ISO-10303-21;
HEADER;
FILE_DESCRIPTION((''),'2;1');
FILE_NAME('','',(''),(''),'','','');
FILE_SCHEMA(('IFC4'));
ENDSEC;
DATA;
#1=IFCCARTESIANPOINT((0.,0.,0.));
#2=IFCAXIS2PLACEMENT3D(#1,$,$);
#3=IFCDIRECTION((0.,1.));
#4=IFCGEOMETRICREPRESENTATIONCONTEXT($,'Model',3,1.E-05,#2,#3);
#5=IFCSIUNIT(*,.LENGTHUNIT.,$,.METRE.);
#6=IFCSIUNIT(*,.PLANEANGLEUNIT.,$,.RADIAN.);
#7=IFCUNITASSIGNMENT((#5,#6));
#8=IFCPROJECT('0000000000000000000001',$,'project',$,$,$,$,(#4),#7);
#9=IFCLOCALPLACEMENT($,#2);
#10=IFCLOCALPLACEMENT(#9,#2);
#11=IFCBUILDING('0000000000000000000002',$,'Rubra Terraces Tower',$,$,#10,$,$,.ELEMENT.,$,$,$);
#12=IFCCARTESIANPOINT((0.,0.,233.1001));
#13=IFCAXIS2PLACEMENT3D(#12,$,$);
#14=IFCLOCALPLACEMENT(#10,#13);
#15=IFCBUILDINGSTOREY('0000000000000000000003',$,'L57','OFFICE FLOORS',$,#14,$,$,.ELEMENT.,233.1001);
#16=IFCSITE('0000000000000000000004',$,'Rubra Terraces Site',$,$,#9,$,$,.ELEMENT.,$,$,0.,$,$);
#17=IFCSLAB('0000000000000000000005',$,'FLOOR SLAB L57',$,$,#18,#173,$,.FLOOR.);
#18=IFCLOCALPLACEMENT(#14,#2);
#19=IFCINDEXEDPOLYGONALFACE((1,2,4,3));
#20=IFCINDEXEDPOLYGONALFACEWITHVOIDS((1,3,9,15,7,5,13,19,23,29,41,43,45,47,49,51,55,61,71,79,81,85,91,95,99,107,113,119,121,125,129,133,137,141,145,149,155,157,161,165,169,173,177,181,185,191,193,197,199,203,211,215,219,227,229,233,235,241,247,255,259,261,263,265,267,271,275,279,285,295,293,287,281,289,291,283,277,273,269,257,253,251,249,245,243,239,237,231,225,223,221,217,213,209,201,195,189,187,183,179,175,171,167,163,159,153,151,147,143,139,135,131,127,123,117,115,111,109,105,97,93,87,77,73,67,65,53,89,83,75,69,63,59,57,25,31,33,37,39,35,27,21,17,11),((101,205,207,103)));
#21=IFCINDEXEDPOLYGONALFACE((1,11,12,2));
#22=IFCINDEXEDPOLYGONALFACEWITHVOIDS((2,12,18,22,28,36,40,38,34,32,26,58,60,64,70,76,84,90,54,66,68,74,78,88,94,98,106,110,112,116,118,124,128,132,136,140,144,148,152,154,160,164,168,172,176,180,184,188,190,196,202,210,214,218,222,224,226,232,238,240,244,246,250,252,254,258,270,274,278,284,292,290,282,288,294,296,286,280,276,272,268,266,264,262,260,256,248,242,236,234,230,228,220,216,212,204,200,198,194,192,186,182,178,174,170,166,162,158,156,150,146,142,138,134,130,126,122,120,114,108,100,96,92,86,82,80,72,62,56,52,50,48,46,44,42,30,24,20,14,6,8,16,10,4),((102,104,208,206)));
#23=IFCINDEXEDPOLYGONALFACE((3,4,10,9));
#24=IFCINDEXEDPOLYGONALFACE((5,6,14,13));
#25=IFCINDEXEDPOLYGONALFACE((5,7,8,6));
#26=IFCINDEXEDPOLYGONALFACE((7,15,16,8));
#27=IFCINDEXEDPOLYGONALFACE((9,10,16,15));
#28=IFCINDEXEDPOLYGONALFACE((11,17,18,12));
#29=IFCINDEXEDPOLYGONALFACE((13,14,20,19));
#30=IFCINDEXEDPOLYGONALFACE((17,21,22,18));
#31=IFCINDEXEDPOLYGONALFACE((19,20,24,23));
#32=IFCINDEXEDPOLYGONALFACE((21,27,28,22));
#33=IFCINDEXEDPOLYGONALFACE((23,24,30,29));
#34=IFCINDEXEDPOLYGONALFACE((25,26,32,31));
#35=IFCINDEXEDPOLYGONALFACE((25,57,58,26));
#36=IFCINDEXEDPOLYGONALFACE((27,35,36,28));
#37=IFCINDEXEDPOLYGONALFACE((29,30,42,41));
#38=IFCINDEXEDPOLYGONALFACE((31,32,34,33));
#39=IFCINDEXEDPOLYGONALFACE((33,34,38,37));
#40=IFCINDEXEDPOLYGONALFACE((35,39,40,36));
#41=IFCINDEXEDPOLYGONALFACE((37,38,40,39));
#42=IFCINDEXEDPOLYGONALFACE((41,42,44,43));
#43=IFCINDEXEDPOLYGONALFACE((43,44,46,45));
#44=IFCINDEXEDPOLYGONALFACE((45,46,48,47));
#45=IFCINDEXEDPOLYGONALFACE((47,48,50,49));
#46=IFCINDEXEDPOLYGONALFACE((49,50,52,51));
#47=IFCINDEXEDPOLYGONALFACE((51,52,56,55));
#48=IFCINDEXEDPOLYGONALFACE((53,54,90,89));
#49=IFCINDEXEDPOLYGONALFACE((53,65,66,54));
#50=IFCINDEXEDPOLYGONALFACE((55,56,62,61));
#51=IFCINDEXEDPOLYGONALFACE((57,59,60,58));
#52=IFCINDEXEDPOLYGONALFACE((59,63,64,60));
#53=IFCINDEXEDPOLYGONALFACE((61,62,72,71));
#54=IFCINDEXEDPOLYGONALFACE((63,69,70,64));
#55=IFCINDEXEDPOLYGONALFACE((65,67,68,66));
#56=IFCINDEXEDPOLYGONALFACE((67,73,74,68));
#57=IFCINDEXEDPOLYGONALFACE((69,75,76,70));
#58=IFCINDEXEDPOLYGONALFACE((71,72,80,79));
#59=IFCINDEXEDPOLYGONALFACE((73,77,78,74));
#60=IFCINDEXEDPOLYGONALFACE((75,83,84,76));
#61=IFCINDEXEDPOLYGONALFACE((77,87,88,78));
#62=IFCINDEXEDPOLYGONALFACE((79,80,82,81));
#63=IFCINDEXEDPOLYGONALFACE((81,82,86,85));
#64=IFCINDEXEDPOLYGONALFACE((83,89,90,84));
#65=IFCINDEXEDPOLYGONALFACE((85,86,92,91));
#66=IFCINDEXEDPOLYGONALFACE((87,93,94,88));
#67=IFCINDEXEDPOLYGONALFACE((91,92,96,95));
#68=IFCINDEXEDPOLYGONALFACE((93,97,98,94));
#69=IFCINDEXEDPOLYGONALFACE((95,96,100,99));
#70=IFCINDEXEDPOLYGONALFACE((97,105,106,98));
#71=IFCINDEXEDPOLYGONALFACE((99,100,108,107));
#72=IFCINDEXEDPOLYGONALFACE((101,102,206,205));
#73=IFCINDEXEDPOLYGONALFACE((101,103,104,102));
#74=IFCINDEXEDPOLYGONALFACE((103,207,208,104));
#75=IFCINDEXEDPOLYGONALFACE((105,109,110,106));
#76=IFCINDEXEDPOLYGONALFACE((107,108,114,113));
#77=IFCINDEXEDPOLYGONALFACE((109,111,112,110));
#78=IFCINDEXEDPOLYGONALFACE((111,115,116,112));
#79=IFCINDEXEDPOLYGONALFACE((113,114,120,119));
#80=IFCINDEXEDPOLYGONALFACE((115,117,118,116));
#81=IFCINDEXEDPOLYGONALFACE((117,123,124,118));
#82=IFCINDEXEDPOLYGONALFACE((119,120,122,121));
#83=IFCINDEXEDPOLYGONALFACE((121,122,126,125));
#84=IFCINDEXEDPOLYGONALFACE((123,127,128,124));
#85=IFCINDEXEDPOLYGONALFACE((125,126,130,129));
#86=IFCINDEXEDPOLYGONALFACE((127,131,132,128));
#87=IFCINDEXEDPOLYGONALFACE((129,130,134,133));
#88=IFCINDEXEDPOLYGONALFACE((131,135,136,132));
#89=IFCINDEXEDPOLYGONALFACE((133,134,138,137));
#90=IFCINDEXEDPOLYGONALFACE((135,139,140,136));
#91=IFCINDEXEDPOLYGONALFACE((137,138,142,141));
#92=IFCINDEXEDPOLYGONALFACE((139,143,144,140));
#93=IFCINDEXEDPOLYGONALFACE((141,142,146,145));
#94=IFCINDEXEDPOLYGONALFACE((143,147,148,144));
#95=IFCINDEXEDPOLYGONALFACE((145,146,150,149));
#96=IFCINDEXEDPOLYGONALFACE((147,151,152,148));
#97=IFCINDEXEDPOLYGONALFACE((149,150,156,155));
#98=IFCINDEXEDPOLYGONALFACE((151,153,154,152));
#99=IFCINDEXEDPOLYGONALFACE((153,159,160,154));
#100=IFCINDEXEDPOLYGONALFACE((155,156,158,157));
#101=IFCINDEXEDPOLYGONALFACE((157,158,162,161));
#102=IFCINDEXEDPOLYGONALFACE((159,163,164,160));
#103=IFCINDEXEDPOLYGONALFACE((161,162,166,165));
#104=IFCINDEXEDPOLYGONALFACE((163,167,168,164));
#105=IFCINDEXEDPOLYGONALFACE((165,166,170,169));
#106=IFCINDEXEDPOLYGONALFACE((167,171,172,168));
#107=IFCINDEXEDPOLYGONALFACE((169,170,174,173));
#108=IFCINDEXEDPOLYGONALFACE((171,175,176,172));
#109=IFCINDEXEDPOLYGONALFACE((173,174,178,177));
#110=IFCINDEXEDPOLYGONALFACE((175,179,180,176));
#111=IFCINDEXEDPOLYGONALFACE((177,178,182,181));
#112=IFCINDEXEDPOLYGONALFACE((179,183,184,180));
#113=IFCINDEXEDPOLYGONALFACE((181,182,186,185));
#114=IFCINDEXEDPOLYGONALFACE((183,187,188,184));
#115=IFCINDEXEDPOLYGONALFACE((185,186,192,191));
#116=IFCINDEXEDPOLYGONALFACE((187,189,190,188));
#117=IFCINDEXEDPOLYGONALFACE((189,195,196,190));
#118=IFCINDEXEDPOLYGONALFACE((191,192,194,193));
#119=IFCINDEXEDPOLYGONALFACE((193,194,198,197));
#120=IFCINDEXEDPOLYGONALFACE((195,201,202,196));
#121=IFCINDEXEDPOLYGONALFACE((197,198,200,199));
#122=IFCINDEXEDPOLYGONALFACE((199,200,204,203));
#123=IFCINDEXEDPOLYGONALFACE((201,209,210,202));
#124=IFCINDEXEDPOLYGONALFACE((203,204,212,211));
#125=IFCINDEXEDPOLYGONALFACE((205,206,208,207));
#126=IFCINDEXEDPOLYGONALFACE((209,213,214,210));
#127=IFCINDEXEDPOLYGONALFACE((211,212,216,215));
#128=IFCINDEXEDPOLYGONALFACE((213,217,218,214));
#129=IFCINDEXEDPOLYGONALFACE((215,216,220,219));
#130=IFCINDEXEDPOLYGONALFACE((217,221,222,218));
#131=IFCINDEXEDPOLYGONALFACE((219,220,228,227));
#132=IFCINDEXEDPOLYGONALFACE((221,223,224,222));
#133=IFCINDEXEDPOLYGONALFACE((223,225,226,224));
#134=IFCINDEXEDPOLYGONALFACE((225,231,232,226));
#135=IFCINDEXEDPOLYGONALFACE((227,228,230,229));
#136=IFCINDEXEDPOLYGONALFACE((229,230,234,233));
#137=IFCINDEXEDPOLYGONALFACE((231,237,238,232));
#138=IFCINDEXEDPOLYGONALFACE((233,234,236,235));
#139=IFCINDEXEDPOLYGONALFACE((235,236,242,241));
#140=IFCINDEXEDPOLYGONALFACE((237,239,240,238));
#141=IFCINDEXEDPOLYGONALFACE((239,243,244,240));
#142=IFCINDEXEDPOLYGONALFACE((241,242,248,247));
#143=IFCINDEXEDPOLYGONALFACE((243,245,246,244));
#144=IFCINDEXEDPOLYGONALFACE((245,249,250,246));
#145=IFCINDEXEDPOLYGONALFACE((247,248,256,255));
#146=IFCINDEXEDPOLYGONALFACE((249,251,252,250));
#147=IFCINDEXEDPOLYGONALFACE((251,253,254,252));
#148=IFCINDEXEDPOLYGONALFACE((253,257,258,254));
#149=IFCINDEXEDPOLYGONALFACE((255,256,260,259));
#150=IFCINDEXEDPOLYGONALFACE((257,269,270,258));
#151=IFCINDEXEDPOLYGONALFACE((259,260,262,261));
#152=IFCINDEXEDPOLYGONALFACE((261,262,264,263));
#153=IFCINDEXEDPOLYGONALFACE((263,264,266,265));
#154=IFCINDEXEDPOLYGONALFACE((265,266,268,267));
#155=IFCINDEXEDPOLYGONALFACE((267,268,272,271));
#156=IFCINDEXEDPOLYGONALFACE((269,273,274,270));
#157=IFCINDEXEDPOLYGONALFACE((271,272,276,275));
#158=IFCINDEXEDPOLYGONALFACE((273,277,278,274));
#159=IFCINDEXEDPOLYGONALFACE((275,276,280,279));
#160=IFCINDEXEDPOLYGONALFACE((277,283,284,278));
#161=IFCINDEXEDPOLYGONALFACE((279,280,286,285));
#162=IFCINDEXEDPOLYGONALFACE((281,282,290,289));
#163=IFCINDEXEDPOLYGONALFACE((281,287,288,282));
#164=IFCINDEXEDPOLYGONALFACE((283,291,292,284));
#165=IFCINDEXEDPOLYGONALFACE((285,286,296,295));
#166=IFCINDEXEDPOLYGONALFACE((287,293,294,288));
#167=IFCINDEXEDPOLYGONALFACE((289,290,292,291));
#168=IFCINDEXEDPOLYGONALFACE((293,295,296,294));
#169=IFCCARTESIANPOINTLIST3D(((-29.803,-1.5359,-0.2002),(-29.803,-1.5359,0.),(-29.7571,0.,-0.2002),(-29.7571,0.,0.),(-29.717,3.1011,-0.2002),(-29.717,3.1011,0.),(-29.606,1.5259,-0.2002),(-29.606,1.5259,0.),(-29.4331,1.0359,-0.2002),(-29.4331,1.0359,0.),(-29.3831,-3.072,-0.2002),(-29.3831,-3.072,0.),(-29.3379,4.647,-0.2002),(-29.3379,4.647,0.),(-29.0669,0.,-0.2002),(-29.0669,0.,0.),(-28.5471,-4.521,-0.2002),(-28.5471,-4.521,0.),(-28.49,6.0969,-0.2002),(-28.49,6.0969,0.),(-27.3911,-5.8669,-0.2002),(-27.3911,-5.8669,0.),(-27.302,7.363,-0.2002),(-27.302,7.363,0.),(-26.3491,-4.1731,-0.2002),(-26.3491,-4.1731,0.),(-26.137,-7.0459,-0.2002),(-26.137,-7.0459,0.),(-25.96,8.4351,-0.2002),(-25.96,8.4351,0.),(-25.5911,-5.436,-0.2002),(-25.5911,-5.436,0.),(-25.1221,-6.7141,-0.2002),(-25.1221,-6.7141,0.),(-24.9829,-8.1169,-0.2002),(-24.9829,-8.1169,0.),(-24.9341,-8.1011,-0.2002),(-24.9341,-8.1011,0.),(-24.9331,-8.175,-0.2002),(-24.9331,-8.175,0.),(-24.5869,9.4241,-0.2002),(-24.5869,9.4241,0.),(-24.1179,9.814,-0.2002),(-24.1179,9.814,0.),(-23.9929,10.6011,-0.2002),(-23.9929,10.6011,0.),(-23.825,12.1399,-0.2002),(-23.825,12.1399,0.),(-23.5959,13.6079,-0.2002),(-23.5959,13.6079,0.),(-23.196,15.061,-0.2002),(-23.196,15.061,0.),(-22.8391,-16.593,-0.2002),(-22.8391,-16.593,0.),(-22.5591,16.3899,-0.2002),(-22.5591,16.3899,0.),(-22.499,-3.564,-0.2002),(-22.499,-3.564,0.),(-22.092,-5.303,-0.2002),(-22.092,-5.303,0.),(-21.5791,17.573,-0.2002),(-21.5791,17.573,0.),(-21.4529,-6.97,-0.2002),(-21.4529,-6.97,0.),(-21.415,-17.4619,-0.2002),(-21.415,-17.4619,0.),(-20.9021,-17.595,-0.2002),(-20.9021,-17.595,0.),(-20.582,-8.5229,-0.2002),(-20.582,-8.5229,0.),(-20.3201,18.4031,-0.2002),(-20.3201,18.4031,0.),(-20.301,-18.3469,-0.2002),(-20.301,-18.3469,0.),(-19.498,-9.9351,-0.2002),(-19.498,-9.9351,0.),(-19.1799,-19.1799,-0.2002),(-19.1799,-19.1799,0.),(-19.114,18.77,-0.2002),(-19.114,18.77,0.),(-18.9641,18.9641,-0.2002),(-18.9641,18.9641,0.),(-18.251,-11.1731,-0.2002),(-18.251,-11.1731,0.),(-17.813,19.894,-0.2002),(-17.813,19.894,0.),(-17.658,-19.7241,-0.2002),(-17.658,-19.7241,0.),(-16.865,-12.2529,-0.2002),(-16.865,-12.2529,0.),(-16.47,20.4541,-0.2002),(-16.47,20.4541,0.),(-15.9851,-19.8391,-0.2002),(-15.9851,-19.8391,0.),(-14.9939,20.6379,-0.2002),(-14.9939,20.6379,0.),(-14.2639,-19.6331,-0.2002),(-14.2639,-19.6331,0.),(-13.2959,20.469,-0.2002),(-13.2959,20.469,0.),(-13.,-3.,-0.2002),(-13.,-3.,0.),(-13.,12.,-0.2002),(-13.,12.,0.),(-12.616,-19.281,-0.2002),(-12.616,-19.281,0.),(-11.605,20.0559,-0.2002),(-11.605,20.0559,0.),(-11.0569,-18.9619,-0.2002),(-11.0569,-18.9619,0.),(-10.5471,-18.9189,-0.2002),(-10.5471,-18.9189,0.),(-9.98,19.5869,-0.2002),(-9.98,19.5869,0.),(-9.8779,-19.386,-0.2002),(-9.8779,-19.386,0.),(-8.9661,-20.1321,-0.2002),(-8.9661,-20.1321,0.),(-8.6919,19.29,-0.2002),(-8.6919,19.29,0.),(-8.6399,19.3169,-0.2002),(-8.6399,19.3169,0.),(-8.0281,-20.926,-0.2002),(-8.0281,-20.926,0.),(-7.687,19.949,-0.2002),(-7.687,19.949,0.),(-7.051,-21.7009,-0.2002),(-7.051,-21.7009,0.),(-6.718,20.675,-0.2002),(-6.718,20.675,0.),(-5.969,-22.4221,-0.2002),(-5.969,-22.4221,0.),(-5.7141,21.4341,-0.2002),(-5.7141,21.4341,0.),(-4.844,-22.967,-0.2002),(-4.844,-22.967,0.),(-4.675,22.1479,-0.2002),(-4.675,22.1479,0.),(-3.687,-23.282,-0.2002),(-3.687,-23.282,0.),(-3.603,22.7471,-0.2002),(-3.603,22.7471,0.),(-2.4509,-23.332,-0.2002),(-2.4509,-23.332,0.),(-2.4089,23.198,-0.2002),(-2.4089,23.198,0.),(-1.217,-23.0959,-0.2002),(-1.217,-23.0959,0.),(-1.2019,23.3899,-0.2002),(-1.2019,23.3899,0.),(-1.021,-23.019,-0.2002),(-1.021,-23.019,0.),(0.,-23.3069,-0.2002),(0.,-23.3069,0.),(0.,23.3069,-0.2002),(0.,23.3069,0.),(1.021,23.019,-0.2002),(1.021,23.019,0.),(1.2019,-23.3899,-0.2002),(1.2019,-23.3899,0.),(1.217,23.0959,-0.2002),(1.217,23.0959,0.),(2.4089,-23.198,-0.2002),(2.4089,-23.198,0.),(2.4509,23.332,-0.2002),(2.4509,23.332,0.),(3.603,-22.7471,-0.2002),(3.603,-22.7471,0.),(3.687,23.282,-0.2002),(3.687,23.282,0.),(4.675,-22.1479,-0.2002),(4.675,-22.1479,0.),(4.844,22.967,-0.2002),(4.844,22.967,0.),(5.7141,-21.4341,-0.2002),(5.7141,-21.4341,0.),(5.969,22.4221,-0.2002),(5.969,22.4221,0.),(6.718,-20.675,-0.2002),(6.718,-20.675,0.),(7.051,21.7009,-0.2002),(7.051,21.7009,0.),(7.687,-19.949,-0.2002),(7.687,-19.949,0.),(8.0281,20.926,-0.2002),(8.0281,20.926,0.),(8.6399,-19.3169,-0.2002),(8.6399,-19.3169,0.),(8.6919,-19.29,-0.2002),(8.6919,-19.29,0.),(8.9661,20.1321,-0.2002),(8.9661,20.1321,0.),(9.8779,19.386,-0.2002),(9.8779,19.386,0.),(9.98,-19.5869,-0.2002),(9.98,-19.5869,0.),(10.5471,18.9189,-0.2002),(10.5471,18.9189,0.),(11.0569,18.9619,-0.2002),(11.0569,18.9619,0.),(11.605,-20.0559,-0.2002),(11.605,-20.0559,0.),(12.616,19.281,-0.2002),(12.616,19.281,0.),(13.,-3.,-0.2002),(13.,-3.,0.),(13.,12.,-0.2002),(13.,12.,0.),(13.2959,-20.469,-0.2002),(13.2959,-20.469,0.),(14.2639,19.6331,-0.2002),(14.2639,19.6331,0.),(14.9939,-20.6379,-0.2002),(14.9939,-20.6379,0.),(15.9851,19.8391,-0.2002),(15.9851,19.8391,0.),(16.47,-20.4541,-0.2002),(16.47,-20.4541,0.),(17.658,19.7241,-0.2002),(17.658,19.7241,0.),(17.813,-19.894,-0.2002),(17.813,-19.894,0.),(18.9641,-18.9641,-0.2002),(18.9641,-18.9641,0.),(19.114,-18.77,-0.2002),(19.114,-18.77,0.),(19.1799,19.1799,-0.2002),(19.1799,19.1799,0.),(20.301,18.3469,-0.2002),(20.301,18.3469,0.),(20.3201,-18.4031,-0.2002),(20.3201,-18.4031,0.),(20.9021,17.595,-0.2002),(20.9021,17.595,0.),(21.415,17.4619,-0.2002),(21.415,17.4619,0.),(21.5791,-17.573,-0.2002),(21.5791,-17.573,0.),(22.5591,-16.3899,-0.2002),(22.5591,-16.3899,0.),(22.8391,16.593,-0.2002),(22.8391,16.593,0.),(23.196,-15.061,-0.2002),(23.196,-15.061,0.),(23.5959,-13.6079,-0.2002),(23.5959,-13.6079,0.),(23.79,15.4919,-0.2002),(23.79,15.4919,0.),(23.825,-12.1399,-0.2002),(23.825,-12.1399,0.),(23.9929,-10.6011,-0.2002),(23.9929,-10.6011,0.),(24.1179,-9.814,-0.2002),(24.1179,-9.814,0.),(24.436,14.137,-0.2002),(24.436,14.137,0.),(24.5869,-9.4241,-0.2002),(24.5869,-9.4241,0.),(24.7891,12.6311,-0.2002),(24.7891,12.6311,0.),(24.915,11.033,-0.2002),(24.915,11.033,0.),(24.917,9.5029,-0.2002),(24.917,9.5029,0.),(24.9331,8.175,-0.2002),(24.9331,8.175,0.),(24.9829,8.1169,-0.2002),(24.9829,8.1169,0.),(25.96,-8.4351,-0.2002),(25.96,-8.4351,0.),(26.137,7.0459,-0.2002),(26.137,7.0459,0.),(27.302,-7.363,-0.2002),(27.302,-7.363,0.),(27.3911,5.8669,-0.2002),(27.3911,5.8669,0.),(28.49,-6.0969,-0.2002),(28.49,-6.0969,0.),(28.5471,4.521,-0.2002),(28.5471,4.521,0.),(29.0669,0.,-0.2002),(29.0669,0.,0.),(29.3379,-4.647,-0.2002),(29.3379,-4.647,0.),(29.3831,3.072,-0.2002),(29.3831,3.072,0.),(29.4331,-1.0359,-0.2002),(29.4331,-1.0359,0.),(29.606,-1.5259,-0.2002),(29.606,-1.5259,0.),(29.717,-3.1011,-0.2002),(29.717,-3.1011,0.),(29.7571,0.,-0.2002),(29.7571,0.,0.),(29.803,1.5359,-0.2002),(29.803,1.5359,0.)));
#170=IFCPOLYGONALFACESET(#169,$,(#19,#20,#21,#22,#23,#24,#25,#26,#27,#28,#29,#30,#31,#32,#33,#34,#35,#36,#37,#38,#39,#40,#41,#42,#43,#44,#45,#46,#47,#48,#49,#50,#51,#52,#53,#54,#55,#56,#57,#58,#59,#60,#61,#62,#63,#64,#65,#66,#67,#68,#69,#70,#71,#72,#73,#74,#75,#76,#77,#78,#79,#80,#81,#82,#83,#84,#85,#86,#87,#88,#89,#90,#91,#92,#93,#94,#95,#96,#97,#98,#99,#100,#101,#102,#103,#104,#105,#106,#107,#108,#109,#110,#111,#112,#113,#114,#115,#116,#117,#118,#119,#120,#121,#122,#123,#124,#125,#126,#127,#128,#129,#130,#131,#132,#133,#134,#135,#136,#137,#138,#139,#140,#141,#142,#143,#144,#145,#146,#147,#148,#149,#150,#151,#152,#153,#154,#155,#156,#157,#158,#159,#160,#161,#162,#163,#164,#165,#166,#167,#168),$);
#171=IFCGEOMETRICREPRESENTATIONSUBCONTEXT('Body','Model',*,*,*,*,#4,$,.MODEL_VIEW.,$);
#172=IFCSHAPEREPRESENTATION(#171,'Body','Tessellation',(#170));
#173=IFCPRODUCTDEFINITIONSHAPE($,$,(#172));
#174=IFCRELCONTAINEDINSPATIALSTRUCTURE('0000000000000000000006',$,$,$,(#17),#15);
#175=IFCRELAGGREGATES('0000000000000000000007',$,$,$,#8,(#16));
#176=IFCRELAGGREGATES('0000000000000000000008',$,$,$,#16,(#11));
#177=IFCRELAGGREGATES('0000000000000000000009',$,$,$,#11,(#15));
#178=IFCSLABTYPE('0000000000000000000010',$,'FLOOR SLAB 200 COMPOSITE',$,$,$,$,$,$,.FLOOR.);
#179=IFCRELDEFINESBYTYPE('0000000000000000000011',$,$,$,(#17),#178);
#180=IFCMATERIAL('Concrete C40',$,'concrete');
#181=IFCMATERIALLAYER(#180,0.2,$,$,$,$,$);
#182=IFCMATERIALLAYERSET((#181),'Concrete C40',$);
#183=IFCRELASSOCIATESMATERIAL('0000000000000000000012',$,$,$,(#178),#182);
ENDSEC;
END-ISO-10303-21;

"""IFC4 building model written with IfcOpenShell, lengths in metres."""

from ifc_helpers import new_model, si_unit, direction, frame, origin, place, context, subcontext, project, spatial, polyline, outline, extrude, material, layer, layer_set, type_object, element, save


model = new_model("IFC4")

# Units and contexts
model_context = context("Model", 3, precision=1e-05, world=origin(), true_north=direction((0.0, 1.0)))
body_context = subcontext(model_context, "Body", "Model", "MODEL_VIEW")
ifc_project = project(units=[si_unit("LENGTHUNIT", "METRE"), si_unit("PLANEANGLEUNIT", "RADIAN")], contexts=[model_context])

# Site, building, storey
site_placement = place(None, origin())
site = spatial("IfcSite", under=ifc_project, at=site_placement, Name="Rubra Terraces Site", CompositionType="ELEMENT", RefElevation=0.0)
building_placement = place(site_placement, origin())
building = spatial("IfcBuilding", under=site, at=building_placement, Name="Rubra Terraces Tower", CompositionType="ELEMENT")
storey_placement = place(building_placement, frame((0.0, 0.0, 233.1001)))
storey = spatial("IfcBuildingStorey", under=building, at=storey_placement, Name="L57", Description="OFFICE FLOORS", CompositionType="ELEMENT", Elevation=233.1001)

# Slab
ifc_material_1 = material(Name="Concrete C40", Category="concrete")
ifc_layer_1 = layer(ifc_material_1, 0.2)
ifc_layer_set_1 = layer_set([ifc_layer_1], Name="Concrete C40")
slab_type_1 = type_object("IfcSlabType", Name="FLOOR SLAB 200 COMPOSITE", PredefinedType="FLOOR", material=ifc_layer_set_1)
slab_1_placement = place(storey_placement, frame((0.0, 0.0, -0.2002)))
element("IfcSlab", 1, at=slab_1_placement, inside=storey, type_object=slab_type_1, Name="FLOOR SLAB L57", PredefinedType="FLOOR", context=body_context, shape_type="SweptSolid", body=[
    extrude(outline(polyline([(11.0569, 18.9619), (10.5471, 18.9189), (9.8779, 19.386), (8.9661, 20.1321), (8.0281, 20.926), (7.051, 21.7009), (5.969, 22.4221), (4.844, 22.967), (3.687, 23.282), (2.4509, 23.332), (1.217, 23.0959), (1.021, 23.019), (0.0, 23.3069), (-1.2019, 23.3899), (-2.4089, 23.198), (-3.603, 22.7471), (-4.675, 22.1479), (-5.7141, 21.4341), (-6.718, 20.675), (-7.687, 19.949), (-8.6399, 19.3169), (-8.6919, 19.29), (-9.98, 19.5869), (-11.605, 20.0559), (-13.2959, 20.469), (-14.9939, 20.6379), (-16.47, 20.4541), (-17.813, 19.894), (-18.9641, 18.9641), (-19.114, 18.77), (-20.3201, 18.4031), (-21.5791, 17.573), (-22.5591, 16.3899), (-23.196, 15.061), (-23.5959, 13.6079), (-23.825, 12.1399), (-23.9929, 10.6011), (-24.1179, 9.814), (-24.5869, 9.4241), (-25.96, 8.4351), (-27.302, 7.363), (-28.49, 6.0969), (-29.3379, 4.647), (-29.717, 3.1011), (-29.606, 1.5259), (-29.0669, 0.0), (-29.4331, 1.0359), (-29.7571, 0.0), (-29.803, -1.5359), (-29.3831, -3.072), (-28.5471, -4.521), (-27.3911, -5.8669), (-26.137, -7.0459), (-24.9829, -8.1169), (-24.9331, -8.175), (-24.9341, -8.1011), (-25.1221, -6.7141), (-25.5911, -5.436), (-26.3491, -4.1731), (-22.499, -3.564), (-22.092, -5.303), (-21.4529, -6.97), (-20.582, -8.5229), (-19.498, -9.9351), (-18.251, -11.1731), (-16.865, -12.2529), (-22.8391, -16.593), (-21.415, -17.4619), (-20.9021, -17.595), (-20.301, -18.3469), (-19.1799, -19.1799), (-17.658, -19.7241), (-15.9851, -19.8391), (-14.2639, -19.6331), (-12.616, -19.281), (-11.0569, -18.9619), (-10.5471, -18.9189), (-9.8779, -19.386), (-8.9661, -20.1321), (-8.0281, -20.926), (-7.051, -21.7009), (-5.969, -22.4221), (-4.844, -22.967), (-3.687, -23.282), (-2.4509, -23.332), (-1.217, -23.0959), (-1.021, -23.019), (0.0, -23.3069), (1.2019, -23.3899), (2.4089, -23.198), (3.603, -22.7471), (4.675, -22.1479), (5.7141, -21.4341), (6.718, -20.675), (7.687, -19.949), (8.6399, -19.3169), (8.6919, -19.29), (9.98, -19.5869), (11.605, -20.0559), (13.2959, -20.469), (14.9939, -20.6379), (16.47, -20.4541), (17.813, -19.894), (18.9641, -18.9641), (19.114, -18.77), (20.3201, -18.4031), (21.5791, -17.573), (22.5591, -16.3899), (23.196, -15.061), (23.5959, -13.6079), (23.825, -12.1399), (23.9929, -10.6011), (24.1179, -9.814), (24.5869, -9.4241), (25.96, -8.4351), (27.302, -7.363), (28.49, -6.0969), (29.3379, -4.647), (29.717, -3.1011), (29.606, -1.5259), (29.0669, 0.0), (29.4331, -1.0359), (29.7571, 0.0), (29.803, 1.5359), (29.3831, 3.072), (28.5471, 4.521), (27.3911, 5.8669), (26.137, 7.0459), (24.9829, 8.1169), (24.9331, 8.175), (24.917, 9.5029), (24.915, 11.033), (24.7891, 12.6311), (24.436, 14.137), (23.79, 15.4919), (22.8391, 16.593), (21.415, 17.4619), (20.9021, 17.595), (20.301, 18.3469), (19.1799, 19.1799), (17.658, 19.7241), (15.9851, 19.8391), (14.2639, 19.6331), (12.616, 19.281), (11.0569, 18.9619)]), holes=[polyline([(13.0, 12.0), (13.0, -3.0), (-13.0, -3.0), (-13.0, 12.0), (13.0, 12.0)])]), origin(), (0.0, 0.0, 1.0), 0.2002),
])

save(model, "model.ifc")
